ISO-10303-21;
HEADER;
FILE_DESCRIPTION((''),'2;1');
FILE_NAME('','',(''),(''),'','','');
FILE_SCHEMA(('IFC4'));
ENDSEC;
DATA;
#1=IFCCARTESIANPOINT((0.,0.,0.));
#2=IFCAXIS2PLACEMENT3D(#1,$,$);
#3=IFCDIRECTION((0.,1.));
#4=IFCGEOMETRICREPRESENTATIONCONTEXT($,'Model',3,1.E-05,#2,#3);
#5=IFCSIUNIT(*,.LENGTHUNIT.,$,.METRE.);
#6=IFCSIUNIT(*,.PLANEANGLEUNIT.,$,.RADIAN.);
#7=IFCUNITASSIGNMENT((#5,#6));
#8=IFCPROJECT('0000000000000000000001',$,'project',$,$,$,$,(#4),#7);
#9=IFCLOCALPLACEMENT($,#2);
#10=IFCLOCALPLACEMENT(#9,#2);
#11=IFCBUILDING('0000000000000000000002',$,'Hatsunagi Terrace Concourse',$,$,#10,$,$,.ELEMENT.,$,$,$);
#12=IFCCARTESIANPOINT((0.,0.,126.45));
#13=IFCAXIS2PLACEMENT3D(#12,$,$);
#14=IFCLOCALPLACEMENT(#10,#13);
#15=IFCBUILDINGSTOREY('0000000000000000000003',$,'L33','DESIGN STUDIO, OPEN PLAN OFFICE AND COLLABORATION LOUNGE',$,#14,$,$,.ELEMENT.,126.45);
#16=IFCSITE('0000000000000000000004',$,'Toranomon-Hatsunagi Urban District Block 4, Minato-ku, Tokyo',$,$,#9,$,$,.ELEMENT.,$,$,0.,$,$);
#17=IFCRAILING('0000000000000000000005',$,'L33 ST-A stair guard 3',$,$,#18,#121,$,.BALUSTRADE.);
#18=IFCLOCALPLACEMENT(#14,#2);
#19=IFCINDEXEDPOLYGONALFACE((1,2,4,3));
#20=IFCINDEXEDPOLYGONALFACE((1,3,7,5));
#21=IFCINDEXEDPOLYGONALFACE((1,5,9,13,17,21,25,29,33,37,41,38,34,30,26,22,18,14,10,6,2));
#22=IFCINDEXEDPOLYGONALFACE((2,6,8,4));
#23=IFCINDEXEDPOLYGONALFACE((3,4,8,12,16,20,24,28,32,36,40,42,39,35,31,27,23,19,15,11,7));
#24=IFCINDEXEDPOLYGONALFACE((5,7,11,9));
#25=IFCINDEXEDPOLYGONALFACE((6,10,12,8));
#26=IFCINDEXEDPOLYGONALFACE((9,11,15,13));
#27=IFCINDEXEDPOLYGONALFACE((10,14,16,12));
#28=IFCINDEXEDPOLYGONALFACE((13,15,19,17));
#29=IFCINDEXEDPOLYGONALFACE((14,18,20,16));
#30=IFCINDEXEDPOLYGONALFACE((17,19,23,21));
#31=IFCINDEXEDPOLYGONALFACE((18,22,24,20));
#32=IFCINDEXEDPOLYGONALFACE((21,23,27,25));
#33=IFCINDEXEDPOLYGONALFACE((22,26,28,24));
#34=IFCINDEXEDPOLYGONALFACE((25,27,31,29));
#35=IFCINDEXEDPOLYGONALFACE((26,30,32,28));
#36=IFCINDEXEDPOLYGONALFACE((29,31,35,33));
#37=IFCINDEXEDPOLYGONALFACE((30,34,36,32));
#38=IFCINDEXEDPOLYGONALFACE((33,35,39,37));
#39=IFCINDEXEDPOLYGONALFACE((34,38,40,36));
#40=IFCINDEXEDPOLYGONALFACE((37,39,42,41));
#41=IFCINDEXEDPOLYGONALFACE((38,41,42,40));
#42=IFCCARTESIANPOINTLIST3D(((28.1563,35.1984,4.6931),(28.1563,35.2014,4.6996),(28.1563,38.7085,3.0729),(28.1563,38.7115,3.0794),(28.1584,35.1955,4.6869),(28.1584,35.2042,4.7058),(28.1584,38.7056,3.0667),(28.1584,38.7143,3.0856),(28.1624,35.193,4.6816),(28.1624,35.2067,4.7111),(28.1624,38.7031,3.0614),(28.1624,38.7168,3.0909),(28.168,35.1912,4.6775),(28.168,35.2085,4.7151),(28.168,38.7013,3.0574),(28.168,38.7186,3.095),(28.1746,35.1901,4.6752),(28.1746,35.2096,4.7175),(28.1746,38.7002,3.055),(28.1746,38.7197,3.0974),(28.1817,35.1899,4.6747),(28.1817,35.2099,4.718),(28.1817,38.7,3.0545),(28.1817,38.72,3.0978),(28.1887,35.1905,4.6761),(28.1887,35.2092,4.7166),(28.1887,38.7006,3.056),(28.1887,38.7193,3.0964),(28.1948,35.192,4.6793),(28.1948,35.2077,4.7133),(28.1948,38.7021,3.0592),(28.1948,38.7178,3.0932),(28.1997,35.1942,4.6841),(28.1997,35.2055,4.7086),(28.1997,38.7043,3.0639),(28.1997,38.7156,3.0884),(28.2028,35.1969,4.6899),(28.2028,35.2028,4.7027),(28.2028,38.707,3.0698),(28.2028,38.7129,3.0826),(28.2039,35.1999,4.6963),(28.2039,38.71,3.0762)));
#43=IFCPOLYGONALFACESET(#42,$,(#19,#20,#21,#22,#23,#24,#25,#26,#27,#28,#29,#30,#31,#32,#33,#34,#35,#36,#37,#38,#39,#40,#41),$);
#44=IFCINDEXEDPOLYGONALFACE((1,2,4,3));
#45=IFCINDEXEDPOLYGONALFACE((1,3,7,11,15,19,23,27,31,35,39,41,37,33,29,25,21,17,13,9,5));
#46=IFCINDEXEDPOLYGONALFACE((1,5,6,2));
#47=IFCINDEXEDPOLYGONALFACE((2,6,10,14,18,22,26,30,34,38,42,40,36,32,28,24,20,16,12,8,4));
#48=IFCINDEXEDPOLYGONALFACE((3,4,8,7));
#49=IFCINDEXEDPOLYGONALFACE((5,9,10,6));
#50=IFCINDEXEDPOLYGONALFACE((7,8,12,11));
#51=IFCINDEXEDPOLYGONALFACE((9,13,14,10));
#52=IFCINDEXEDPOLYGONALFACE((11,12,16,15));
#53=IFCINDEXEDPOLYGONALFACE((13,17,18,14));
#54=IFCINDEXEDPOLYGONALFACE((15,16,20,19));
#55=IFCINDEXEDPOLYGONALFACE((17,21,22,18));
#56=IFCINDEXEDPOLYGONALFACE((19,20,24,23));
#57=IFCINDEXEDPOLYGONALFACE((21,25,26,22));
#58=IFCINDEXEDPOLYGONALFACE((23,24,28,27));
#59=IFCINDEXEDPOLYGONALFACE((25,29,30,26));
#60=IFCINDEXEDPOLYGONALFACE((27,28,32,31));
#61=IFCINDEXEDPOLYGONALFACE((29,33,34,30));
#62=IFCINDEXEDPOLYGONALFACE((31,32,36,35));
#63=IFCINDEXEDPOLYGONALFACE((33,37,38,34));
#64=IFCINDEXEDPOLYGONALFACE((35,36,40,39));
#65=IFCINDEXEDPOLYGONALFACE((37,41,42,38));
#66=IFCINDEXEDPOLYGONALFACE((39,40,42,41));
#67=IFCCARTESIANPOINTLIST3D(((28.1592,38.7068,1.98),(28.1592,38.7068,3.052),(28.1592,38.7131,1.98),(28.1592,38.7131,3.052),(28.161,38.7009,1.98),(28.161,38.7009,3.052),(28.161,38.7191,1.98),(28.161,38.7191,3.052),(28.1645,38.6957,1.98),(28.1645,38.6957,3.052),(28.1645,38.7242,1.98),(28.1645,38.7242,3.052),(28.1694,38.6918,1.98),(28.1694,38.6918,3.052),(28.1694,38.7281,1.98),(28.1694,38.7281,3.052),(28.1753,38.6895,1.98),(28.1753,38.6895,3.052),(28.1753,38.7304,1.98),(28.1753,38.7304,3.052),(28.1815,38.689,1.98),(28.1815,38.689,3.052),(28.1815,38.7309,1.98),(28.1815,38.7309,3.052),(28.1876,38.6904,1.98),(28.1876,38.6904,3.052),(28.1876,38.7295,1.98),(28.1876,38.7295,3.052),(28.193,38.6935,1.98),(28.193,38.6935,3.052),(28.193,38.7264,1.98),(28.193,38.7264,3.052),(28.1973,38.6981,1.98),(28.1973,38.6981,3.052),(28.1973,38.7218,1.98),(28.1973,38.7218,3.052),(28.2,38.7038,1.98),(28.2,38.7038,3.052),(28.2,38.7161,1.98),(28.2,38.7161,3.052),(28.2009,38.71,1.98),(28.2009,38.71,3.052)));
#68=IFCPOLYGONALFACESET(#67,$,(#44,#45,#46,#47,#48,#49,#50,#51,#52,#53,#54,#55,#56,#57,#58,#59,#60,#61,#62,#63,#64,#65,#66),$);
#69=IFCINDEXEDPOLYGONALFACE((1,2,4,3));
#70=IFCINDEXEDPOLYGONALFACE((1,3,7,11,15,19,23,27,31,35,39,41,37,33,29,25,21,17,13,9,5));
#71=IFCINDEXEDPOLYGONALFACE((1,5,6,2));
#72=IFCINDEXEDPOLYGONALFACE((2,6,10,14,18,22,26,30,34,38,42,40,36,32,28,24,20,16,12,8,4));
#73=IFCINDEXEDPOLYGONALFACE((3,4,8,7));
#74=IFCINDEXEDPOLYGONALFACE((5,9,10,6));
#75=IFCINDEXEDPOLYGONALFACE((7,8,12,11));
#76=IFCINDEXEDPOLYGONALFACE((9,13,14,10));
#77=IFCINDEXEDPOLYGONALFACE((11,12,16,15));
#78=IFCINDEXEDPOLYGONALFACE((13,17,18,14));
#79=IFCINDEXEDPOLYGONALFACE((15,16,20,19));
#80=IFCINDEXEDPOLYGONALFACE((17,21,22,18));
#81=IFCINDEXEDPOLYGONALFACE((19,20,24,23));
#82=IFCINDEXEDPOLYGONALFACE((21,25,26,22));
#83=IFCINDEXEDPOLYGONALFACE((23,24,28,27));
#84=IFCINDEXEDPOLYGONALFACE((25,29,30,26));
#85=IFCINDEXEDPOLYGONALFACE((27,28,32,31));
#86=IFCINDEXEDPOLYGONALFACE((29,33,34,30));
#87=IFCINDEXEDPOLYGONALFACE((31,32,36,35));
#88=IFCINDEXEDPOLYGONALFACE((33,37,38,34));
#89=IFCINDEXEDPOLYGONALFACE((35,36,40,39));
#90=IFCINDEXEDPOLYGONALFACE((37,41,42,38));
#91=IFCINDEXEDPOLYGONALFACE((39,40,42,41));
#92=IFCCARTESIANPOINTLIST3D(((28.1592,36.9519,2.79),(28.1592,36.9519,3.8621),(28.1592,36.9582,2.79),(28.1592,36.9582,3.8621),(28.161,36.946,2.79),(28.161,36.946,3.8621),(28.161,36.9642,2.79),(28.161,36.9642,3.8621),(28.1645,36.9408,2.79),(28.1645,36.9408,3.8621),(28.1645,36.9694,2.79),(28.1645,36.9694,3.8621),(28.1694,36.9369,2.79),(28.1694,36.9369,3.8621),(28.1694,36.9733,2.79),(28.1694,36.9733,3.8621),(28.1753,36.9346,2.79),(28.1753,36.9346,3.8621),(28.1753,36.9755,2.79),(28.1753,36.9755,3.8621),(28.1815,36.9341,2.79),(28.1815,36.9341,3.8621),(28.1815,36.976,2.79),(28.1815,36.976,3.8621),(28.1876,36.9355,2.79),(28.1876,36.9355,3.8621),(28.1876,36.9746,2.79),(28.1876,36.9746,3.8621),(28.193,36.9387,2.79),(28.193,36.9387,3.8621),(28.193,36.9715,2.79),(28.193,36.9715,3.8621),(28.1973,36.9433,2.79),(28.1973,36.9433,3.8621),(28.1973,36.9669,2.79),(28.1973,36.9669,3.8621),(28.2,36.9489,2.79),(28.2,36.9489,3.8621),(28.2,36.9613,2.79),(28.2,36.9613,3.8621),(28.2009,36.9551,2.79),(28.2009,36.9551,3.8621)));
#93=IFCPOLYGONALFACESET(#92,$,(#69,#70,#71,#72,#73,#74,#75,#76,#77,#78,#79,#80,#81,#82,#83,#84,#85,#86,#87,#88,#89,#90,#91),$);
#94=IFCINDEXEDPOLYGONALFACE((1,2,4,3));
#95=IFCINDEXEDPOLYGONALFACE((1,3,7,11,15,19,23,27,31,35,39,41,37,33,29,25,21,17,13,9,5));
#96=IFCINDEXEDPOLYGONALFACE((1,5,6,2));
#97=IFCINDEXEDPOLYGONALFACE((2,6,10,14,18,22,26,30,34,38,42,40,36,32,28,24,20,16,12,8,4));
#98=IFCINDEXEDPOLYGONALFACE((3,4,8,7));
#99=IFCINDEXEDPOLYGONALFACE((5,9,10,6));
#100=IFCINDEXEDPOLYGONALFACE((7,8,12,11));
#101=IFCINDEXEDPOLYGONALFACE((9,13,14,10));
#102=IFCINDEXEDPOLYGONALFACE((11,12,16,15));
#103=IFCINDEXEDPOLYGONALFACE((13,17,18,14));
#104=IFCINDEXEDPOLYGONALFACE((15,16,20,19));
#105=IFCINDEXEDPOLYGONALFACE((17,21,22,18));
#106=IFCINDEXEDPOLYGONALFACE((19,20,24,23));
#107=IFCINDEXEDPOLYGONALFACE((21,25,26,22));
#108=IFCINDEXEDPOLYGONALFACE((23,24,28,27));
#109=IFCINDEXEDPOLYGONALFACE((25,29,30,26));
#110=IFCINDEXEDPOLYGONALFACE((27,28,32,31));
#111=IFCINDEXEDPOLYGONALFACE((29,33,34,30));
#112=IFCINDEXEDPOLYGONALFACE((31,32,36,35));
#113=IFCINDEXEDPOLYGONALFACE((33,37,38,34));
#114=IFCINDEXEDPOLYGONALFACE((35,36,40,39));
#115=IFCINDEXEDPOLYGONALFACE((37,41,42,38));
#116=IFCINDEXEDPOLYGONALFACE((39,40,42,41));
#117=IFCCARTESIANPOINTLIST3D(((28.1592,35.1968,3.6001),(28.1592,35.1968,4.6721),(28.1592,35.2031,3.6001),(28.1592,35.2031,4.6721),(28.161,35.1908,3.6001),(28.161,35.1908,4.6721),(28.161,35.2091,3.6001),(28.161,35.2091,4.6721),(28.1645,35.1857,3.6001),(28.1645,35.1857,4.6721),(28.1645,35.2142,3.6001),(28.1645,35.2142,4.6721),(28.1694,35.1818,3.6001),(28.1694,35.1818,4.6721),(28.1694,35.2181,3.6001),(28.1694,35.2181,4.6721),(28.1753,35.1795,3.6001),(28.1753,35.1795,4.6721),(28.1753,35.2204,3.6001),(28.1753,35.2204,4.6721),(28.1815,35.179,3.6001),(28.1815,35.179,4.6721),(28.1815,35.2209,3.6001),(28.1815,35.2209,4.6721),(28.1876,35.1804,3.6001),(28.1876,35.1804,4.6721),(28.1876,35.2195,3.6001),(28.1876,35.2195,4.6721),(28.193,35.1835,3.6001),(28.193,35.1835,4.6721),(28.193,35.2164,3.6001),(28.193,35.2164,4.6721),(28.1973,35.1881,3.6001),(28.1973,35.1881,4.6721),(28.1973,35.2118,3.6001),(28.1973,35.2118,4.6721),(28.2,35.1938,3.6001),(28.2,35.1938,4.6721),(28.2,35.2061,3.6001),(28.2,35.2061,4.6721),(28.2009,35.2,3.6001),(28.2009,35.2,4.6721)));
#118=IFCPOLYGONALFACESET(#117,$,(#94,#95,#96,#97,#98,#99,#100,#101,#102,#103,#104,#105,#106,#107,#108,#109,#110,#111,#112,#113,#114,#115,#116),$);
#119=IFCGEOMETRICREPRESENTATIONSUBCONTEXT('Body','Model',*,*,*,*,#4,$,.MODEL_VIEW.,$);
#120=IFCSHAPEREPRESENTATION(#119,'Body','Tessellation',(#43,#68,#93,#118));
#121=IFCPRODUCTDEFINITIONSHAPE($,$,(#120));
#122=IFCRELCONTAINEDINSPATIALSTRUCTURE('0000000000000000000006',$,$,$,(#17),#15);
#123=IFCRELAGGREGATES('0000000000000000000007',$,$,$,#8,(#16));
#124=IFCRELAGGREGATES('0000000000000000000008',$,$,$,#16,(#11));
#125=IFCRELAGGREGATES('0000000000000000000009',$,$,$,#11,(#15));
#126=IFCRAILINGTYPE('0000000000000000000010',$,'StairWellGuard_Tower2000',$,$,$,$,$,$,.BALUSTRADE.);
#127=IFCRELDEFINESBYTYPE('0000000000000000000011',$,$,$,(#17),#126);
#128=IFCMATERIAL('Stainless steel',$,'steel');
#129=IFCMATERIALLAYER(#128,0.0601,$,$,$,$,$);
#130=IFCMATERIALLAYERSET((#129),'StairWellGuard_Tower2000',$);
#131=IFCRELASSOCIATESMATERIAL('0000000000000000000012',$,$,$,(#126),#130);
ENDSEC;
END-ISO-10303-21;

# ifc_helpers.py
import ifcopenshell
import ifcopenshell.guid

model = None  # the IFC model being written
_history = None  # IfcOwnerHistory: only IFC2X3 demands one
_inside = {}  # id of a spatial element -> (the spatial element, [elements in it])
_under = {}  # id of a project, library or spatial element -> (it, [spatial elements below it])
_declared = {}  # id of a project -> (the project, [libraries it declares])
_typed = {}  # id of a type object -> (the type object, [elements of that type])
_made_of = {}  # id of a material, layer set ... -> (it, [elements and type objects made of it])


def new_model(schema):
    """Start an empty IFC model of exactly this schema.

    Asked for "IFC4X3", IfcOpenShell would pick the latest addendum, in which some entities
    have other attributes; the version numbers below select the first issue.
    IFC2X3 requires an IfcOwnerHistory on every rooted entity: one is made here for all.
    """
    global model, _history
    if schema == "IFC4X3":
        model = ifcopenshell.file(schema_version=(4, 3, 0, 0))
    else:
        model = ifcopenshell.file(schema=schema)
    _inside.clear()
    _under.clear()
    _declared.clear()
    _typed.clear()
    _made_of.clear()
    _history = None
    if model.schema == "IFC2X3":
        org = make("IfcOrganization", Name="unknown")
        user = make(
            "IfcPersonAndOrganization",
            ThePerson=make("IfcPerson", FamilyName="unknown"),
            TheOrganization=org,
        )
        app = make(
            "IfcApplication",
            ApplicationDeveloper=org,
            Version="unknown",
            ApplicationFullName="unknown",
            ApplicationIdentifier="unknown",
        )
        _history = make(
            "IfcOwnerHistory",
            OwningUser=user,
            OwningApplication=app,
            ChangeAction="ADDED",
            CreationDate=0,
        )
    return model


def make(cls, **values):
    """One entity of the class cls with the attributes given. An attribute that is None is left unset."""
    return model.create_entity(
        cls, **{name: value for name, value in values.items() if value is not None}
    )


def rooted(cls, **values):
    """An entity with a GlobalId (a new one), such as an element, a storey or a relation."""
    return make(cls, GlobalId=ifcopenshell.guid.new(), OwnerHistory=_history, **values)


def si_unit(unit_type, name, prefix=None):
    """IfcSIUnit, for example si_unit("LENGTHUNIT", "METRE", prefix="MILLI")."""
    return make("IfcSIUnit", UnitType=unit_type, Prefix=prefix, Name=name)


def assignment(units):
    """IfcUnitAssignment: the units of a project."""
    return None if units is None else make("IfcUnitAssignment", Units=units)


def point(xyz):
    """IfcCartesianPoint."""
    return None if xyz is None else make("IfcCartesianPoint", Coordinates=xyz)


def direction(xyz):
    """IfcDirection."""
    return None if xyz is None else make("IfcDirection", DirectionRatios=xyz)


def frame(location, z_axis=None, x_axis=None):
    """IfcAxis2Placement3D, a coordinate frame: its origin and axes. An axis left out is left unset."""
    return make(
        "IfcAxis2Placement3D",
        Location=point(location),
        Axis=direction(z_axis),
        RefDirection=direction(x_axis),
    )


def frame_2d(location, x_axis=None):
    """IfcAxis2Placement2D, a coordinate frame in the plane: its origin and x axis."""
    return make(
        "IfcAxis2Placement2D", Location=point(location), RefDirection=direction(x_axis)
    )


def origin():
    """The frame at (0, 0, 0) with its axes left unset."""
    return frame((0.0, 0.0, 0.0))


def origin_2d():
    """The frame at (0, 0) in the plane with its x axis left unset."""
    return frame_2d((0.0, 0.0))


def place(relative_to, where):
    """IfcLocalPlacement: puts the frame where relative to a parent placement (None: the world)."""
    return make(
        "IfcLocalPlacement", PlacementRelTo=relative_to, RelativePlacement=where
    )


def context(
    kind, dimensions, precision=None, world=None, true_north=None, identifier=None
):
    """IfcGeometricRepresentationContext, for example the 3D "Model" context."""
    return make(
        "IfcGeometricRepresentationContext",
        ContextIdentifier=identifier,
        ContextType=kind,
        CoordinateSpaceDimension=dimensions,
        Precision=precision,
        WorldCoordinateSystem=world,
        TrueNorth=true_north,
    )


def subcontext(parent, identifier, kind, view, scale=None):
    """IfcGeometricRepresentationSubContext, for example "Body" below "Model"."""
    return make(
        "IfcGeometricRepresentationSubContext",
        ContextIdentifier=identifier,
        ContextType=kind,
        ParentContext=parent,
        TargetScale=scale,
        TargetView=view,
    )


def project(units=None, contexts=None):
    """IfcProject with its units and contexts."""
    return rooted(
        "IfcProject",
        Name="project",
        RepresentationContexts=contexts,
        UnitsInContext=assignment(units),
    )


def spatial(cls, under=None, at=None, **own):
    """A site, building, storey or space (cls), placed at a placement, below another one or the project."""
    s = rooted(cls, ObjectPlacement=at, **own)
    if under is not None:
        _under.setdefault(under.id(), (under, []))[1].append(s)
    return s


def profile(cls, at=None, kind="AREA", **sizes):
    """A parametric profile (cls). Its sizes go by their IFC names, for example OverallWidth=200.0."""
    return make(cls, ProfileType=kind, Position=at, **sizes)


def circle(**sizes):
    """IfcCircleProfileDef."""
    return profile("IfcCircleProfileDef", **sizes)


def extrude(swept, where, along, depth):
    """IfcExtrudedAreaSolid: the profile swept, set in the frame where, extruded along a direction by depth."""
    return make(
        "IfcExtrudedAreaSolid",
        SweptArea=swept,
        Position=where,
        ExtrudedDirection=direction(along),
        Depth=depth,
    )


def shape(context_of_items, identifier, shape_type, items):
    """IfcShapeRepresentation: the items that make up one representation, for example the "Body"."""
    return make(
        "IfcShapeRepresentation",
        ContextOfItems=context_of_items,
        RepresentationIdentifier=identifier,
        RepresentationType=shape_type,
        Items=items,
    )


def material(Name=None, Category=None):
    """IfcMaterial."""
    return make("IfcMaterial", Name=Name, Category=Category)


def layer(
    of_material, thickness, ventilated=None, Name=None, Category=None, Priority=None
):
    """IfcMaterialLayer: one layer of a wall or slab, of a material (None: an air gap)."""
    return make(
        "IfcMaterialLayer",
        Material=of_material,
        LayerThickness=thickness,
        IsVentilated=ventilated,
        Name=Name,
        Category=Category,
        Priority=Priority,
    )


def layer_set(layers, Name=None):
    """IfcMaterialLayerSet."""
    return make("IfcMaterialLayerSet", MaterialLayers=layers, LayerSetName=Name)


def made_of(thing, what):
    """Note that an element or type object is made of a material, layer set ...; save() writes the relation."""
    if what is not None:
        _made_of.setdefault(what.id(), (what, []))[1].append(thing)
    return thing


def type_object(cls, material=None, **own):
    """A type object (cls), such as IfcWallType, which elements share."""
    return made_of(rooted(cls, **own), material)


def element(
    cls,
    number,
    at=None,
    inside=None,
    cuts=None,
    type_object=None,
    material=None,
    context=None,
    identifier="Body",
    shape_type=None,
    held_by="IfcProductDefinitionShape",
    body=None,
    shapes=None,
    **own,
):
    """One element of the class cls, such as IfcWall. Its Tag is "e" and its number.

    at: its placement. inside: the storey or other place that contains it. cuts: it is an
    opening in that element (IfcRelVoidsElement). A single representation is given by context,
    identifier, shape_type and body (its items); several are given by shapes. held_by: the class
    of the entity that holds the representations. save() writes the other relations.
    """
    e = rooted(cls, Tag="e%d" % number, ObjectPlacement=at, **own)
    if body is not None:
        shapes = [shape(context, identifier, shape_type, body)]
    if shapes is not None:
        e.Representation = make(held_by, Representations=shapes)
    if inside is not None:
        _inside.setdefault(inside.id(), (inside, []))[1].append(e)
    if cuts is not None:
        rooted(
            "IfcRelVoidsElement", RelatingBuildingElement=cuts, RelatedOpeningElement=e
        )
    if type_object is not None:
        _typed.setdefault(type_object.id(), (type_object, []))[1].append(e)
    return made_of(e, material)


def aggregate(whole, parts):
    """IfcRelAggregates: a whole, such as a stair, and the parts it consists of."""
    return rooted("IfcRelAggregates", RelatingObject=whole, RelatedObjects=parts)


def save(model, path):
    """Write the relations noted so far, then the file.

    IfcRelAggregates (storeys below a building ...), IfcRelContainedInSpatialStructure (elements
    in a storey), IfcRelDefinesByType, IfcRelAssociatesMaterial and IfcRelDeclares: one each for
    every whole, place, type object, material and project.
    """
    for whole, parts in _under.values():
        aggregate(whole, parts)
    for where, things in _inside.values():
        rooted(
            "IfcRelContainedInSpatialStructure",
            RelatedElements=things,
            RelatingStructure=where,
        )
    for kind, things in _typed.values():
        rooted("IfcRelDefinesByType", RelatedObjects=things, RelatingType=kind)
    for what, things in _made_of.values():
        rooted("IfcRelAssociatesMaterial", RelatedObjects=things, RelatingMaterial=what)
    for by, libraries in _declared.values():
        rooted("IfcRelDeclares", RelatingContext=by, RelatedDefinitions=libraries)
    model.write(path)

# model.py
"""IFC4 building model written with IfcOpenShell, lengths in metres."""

from ifc_helpers import new_model, si_unit, direction, frame, origin, origin_2d, place, context, subcontext, project, spatial, circle, extrude, material, layer, layer_set, type_object, element, save


model = new_model("IFC4")

# Units and contexts
model_context = context("Model", 3, precision=1e-05, world=origin(), true_north=direction((0.0, 1.0)))
body_context = subcontext(model_context, "Body", "Model", "MODEL_VIEW")
ifc_project = project(units=[si_unit("LENGTHUNIT", "METRE"), si_unit("PLANEANGLEUNIT", "RADIAN")], contexts=[model_context])

# Site, building, storey
site_placement = place(None, origin())
site = spatial("IfcSite", under=ifc_project, at=site_placement, Name="Toranomon-Hatsunagi Urban District Block 4, Minato-ku, Tokyo", CompositionType="ELEMENT", RefElevation=0.0)
building_placement = place(site_placement, origin())
building = spatial("IfcBuilding", under=site, at=building_placement, Name="Hatsunagi Terrace Concourse", CompositionType="ELEMENT")
storey_placement = place(building_placement, frame((0.0, 0.0, 126.45)))
storey = spatial("IfcBuildingStorey", under=building, at=storey_placement, Name="L33", Description="DESIGN STUDIO, OPEN PLAN OFFICE AND COLLABORATION LOUNGE", CompositionType="ELEMENT", Elevation=126.45)

# Railing
ifc_material_1 = material(Name="Stainless steel", Category="steel")
ifc_layer_1 = layer(ifc_material_1, 0.0601)
ifc_layer_set_1 = layer_set([ifc_layer_1], Name="StairWellGuard_Tower2000")
railing_type = type_object("IfcRailingType", Name="StairWellGuard_Tower2000", PredefinedType="BALUSTRADE", material=ifc_layer_set_1)
railing_1_placement = place(storey_placement, frame((28.1799, 38.71, 1.98)))
element("IfcRailing", 1, at=railing_1_placement, inside=storey, type_object=railing_type, Name="L33 ST-A stair guard 3", PredefinedType="BALUSTRADE", context=body_context, shape_type="SweptSolid", body=[
    extrude(circle(Radius=0.0239, at=origin_2d()), frame((0.0, 0.0, 1.0962), z_axis=(0.0, -0.907948, 0.419082), x_axis=(1.0, 0.0, 0.0)), (0.0, 0.0, 1.0), 3.866),
    extrude(circle(Radius=0.021, at=origin_2d()), origin(), (0.0, 0.0, 1.0), 1.072),
    extrude(circle(Radius=0.021, at=origin_2d()), frame((0.0, -1.7549, 0.8101)), (0.0, 0.0, 1.0), 1.072),
    extrude(circle(Radius=0.021, at=origin_2d()), frame((0.0, -3.51, 1.6201)), (0.0, 0.0, 1.0), 1.072),
])

save(model, "model.ifc")
